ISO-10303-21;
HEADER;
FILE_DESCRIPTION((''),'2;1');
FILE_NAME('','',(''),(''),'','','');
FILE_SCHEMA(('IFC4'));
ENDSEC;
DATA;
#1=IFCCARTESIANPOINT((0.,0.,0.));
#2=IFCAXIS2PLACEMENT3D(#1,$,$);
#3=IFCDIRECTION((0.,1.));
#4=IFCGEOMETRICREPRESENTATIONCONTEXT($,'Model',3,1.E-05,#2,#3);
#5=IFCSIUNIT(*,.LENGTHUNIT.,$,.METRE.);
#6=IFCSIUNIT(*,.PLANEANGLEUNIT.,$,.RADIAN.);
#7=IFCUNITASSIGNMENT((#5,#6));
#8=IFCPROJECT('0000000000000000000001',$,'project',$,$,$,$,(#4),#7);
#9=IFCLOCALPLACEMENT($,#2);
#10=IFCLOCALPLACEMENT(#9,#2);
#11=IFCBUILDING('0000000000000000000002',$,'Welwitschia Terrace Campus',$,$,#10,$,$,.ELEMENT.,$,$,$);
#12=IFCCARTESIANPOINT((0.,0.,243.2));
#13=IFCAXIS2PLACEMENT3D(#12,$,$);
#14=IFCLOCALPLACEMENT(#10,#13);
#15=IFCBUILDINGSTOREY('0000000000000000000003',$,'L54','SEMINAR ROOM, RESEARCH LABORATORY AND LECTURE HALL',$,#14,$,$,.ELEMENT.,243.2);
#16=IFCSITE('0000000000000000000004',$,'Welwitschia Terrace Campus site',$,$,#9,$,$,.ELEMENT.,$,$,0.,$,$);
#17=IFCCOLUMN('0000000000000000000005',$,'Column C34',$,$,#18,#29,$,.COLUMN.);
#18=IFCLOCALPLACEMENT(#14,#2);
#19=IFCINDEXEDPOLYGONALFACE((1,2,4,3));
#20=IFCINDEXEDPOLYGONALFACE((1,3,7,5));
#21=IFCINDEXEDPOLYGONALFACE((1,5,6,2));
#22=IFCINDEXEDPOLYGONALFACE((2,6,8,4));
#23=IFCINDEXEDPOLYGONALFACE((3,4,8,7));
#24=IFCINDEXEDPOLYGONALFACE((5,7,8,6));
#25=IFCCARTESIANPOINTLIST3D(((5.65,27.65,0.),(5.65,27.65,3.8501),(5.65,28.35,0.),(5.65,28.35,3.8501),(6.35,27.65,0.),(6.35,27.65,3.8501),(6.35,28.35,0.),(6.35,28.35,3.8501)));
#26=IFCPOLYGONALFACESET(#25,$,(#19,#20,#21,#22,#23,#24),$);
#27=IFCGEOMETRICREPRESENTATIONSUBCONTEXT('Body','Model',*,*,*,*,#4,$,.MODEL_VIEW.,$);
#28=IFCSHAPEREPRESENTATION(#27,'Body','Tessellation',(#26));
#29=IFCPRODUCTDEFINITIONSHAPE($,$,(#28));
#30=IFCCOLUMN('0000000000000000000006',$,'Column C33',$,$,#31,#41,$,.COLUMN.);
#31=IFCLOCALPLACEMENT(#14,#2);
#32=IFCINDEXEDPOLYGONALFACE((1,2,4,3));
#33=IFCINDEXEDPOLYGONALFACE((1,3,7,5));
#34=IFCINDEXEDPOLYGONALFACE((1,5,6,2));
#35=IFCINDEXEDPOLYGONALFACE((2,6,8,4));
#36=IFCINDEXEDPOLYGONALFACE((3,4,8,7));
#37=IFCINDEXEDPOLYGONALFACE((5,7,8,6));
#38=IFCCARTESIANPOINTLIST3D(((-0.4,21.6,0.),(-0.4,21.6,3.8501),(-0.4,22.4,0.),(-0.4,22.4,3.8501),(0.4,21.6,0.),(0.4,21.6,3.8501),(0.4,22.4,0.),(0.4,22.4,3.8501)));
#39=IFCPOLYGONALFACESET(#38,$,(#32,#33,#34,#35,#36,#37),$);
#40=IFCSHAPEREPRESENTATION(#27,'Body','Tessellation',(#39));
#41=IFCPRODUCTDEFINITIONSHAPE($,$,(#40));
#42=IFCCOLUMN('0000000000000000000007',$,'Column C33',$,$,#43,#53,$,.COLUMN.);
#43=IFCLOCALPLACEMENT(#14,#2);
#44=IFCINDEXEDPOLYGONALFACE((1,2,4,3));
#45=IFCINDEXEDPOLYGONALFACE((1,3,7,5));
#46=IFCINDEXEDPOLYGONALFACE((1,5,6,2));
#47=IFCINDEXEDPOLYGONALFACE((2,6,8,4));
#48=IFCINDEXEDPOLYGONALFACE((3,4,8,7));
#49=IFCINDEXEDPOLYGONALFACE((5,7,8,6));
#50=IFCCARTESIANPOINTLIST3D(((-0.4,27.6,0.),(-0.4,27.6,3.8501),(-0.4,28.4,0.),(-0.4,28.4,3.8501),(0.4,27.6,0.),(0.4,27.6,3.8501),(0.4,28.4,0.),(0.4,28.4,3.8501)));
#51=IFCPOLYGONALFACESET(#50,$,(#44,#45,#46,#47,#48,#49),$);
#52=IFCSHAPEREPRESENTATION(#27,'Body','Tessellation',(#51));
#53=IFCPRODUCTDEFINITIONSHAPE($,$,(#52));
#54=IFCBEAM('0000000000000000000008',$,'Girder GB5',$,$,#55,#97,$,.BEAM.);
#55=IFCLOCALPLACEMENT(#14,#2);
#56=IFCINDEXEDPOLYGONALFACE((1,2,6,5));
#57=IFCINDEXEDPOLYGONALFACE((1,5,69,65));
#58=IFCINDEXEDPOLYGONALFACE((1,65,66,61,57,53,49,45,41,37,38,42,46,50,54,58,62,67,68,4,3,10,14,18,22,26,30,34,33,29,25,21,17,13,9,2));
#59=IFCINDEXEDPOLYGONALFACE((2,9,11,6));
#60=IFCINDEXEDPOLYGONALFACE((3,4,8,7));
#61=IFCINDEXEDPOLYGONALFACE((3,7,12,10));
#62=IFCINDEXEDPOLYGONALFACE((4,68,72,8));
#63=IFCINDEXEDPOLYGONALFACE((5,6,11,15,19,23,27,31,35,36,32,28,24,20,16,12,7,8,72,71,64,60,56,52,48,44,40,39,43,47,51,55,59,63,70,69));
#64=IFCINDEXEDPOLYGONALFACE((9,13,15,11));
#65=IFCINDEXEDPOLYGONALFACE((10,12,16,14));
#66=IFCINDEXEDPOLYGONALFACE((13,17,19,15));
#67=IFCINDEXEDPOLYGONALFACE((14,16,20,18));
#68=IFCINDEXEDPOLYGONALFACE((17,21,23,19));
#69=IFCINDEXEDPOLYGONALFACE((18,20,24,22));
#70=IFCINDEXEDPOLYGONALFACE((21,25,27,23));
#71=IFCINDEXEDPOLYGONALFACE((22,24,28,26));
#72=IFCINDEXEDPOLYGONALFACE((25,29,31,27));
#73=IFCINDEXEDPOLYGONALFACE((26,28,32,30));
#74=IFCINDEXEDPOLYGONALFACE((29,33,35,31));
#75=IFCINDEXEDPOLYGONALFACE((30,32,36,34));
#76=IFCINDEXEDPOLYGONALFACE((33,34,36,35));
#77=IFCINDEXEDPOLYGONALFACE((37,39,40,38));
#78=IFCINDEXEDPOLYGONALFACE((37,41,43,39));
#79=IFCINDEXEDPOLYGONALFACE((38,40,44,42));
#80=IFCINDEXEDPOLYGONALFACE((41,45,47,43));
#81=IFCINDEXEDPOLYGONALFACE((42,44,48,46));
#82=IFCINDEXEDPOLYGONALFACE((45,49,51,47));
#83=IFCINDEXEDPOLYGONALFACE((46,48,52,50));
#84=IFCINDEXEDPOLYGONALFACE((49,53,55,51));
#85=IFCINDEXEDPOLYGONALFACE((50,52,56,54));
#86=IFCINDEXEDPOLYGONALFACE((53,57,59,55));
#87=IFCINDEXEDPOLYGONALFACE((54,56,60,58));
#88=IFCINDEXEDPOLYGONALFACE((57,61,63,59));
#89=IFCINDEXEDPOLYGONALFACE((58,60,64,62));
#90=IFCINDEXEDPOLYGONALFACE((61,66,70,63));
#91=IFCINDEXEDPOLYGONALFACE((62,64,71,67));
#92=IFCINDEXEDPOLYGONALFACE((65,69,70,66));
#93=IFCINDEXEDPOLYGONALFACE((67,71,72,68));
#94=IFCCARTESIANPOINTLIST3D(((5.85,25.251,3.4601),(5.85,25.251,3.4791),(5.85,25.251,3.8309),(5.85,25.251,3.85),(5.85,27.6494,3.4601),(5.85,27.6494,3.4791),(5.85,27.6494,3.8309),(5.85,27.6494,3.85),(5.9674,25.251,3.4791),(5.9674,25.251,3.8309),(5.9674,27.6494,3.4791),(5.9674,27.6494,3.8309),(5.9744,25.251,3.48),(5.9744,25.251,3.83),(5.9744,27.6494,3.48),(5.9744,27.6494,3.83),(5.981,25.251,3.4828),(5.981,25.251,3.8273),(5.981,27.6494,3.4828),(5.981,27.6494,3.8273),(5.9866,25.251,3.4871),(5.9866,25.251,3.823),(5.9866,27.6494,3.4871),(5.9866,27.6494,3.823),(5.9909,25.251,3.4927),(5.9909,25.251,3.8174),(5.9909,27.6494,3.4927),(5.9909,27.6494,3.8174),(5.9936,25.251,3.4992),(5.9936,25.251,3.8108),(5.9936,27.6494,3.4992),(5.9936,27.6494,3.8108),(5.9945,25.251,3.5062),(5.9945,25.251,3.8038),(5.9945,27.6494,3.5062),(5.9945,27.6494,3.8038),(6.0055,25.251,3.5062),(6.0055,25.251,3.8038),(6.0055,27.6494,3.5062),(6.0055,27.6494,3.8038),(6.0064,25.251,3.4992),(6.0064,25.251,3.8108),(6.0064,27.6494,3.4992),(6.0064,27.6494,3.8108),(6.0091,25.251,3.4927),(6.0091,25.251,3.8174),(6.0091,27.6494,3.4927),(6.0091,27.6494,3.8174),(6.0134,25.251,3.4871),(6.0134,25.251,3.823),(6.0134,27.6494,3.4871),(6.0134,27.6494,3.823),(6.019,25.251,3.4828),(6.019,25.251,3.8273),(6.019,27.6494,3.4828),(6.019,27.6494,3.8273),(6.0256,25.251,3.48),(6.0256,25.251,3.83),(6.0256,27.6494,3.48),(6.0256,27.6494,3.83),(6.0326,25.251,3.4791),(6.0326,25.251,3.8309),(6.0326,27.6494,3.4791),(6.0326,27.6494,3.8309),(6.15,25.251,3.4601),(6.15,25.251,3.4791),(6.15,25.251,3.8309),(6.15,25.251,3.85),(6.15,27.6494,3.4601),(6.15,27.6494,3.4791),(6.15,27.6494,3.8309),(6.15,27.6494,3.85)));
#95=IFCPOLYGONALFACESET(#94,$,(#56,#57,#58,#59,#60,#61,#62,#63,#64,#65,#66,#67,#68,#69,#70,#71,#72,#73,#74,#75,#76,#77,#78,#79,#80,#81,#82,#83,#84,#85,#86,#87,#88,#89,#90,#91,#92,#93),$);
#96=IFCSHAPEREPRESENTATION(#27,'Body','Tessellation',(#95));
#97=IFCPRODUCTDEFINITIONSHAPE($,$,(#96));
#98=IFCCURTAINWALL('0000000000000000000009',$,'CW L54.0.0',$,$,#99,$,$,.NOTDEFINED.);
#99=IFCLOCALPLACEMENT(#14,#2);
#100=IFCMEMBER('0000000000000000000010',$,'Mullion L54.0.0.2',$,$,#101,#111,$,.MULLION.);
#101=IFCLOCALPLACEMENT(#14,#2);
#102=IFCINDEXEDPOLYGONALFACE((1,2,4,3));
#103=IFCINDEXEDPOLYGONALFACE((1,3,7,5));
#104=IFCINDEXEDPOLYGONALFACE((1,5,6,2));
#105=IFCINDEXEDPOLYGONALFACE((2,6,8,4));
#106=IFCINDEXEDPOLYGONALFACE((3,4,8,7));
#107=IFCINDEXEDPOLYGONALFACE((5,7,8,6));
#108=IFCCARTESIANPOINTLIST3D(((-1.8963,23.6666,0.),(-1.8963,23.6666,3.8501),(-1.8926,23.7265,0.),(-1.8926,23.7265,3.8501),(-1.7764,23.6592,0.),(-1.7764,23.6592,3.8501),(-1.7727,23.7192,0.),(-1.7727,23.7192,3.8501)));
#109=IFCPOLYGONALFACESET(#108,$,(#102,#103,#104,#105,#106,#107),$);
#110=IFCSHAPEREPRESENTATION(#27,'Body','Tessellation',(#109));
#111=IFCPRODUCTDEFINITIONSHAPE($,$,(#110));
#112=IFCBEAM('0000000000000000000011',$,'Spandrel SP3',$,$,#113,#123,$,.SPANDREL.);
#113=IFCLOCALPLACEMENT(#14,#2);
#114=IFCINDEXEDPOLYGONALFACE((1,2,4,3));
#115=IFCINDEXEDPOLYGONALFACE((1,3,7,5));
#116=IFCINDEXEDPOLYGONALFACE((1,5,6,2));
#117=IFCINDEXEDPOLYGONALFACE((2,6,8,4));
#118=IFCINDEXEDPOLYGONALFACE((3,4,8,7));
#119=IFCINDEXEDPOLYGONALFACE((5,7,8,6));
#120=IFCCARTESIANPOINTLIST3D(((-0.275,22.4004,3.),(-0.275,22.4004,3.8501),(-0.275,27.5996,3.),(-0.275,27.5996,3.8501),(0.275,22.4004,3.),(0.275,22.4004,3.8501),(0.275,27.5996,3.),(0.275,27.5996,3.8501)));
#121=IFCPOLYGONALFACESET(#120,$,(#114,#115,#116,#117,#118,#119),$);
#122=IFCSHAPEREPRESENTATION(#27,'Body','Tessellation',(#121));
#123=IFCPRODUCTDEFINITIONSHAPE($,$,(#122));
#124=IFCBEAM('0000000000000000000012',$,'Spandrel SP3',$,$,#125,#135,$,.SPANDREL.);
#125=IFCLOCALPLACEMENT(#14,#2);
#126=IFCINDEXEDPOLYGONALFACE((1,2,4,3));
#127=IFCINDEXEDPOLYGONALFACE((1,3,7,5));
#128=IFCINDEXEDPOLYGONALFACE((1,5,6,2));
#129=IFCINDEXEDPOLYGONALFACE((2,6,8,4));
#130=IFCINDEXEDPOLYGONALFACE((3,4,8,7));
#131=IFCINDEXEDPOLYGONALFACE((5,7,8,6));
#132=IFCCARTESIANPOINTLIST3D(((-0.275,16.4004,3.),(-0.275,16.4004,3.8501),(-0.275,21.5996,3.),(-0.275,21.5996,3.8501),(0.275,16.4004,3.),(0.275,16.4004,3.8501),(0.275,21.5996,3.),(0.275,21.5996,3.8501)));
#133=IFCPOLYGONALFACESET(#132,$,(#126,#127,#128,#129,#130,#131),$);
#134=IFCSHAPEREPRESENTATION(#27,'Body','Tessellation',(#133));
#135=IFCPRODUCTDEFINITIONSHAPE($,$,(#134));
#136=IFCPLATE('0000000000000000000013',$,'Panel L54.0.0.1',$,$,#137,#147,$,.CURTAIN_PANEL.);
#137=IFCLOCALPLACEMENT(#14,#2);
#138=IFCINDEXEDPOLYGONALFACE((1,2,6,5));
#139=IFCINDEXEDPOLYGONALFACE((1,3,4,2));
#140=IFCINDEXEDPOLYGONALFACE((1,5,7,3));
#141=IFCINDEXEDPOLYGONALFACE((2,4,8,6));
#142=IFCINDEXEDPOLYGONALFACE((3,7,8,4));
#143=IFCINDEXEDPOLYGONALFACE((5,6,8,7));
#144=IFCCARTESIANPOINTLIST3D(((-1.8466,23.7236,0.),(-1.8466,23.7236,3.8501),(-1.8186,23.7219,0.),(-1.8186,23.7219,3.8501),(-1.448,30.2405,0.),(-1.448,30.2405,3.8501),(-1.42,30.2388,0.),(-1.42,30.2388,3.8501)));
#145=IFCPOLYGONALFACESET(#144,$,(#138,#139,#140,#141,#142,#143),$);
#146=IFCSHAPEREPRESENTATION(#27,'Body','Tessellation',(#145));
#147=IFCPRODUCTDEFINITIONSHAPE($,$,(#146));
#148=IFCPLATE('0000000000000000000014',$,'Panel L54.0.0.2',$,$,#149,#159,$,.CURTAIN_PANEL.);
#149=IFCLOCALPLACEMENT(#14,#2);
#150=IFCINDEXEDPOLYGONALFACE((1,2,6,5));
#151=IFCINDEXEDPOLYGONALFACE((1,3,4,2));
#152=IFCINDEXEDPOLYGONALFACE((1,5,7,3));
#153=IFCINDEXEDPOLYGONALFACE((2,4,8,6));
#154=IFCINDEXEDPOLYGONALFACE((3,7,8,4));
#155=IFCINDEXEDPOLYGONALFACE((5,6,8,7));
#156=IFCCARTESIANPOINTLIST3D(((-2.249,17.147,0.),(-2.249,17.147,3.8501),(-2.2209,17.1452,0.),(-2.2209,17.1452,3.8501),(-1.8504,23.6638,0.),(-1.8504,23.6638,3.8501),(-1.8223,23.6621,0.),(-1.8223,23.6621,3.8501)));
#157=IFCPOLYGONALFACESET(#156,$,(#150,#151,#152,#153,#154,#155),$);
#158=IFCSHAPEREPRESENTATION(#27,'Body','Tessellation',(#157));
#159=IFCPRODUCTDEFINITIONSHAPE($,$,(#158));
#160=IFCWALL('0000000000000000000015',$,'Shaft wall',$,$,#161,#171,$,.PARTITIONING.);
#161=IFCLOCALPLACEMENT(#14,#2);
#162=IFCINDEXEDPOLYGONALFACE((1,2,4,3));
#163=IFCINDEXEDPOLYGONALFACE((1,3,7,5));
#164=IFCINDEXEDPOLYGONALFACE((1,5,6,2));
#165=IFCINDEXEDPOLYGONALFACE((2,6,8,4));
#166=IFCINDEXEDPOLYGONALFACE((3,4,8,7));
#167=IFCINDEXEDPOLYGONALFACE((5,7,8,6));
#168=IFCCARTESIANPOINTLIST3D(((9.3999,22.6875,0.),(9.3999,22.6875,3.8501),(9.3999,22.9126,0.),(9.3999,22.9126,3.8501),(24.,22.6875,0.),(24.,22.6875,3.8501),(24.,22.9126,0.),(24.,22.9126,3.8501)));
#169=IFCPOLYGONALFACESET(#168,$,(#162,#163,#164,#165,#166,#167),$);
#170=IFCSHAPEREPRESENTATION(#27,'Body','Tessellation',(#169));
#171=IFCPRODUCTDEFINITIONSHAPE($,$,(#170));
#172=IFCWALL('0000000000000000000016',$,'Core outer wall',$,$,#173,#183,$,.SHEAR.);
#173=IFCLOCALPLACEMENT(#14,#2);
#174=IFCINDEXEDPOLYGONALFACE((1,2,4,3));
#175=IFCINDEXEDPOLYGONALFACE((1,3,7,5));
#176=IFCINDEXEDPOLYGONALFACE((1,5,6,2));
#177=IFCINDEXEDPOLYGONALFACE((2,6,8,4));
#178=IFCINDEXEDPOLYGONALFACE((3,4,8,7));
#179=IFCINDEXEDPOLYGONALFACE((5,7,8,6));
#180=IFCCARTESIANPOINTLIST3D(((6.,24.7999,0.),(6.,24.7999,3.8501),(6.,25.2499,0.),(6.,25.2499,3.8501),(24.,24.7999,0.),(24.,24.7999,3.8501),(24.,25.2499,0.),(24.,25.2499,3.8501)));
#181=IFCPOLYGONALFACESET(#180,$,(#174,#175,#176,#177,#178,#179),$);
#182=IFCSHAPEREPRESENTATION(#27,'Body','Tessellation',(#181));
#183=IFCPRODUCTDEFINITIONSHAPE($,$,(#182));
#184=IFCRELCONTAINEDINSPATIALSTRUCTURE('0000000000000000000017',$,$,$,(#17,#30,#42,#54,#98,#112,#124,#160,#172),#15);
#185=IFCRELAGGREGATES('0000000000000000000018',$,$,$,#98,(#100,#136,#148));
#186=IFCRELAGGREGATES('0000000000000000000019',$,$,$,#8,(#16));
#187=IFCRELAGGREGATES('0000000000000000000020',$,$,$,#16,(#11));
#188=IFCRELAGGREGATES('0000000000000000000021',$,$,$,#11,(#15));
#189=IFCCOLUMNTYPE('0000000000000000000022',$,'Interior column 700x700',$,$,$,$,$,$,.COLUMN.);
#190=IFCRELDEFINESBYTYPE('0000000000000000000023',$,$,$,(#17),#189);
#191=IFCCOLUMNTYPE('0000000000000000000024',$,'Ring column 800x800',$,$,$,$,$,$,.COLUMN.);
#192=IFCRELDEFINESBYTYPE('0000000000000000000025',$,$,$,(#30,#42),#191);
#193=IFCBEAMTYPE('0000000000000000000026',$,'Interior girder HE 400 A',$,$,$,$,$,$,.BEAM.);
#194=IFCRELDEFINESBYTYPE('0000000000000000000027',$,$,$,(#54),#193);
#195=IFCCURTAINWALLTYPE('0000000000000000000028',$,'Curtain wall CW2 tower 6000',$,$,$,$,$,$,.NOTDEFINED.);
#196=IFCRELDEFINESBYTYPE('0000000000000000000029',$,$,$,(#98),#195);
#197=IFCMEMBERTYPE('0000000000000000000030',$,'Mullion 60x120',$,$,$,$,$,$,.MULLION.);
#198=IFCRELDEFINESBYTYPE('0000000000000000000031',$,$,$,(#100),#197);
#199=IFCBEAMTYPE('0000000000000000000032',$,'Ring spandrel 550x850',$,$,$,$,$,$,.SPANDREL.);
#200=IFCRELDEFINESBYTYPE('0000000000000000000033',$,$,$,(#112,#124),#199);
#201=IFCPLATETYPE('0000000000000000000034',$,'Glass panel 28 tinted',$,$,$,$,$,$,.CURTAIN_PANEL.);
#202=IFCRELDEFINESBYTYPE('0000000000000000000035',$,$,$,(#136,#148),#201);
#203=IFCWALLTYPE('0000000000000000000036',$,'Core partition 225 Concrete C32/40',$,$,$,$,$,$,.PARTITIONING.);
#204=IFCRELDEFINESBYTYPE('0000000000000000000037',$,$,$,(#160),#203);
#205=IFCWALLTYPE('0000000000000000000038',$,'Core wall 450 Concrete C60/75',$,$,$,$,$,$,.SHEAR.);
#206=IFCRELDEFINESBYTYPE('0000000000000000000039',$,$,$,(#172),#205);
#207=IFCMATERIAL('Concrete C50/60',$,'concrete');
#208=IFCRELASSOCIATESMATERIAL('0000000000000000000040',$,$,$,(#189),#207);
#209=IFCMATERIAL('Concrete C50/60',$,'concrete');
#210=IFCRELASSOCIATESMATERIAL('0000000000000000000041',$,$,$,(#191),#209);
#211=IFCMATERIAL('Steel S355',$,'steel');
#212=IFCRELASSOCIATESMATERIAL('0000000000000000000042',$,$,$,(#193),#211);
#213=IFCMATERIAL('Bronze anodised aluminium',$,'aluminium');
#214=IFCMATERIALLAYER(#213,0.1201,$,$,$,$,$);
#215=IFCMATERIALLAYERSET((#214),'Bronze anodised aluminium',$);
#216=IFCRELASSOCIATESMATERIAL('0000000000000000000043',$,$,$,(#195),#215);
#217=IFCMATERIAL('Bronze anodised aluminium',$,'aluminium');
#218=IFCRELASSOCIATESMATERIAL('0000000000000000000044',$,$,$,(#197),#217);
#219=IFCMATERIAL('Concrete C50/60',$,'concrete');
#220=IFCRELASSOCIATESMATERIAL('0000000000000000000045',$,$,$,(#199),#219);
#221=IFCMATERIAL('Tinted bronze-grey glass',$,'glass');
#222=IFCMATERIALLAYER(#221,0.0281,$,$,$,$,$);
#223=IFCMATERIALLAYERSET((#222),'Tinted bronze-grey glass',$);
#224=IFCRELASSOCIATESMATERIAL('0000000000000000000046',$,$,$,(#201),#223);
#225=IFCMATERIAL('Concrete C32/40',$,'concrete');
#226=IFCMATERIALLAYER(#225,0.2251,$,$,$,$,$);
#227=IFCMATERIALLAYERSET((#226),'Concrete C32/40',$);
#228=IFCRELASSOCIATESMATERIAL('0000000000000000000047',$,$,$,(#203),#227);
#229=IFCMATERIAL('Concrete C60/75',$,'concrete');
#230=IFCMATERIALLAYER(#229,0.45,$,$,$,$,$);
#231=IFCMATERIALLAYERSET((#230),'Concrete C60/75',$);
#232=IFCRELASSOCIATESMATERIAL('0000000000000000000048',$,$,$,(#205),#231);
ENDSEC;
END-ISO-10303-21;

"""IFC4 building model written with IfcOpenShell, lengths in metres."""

from ifc_helpers import new_model, si_unit, direction, frame, frame_2d, origin, origin_2d, place, context, subcontext, project, spatial, rectangle, i_section, extrude, material, layer, layer_set, material_profile, profile_set, type_object, element, aggregate, save


model = new_model("IFC4")

# Units and contexts
model_context = context("Model", 3, precision=1e-05, world=origin(), true_north=direction((0.0, 1.0)))
body_context = subcontext(model_context, "Body", "Model", "MODEL_VIEW")
ifc_project = project(units=[si_unit("LENGTHUNIT", "METRE"), si_unit("PLANEANGLEUNIT", "RADIAN")], contexts=[model_context])

# Site, building, storey
site_placement = place(None, origin())
site = spatial("IfcSite", under=ifc_project, at=site_placement, Name="Welwitschia Terrace Campus site", CompositionType="ELEMENT", RefElevation=0.0)
building_placement = place(site_placement, origin())
building = spatial("IfcBuilding", under=site, at=building_placement, Name="Welwitschia Terrace Campus", CompositionType="ELEMENT")
storey_placement = place(building_placement, frame((0.0, 0.0, 243.2)))
storey = spatial("IfcBuildingStorey", under=building, at=storey_placement, Name="L54", Description="SEMINAR ROOM, RESEARCH LABORATORY AND LECTURE HALL", CompositionType="ELEMENT", Elevation=243.2)

# Columns
ifc_material_1 = material(Name="Concrete C50/60", Category="concrete")
ifc_material_profile_1 = material_profile(ifc_material_1, rectangle(XDim=0.7, YDim=0.7, at=origin_2d()))
ifc_profile_set_1 = profile_set([ifc_material_profile_1], Name="Concrete C50/60")
column_type_1 = type_object("IfcColumnType", Name="Interior column 700x700", PredefinedType="COLUMN", material=ifc_profile_set_1)
column_placement = place(storey_placement, frame((6.0, 28.0, 0.0), z_axis=(0.0, 0.0, 1.0), x_axis=(1.0, 0.0, 0.0)))
element("IfcColumn", 1, at=column_placement, inside=storey, type_object=column_type_1, Name="Column C34", PredefinedType="COLUMN", context=body_context, shape_type="SweptSolid", body=[
    extrude(rectangle(XDim=0.7, YDim=0.7, at=origin_2d()), origin(), (0.0, 0.0, 1.0), 3.8501),
])
ifc_material_2 = material(Name="Concrete C50/60", Category="concrete")
ifc_material_profile_2 = material_profile(ifc_material_2, rectangle(XDim=0.8, YDim=0.8, at=origin_2d()))
ifc_profile_set_2 = profile_set([ifc_material_profile_2], Name="Concrete C50/60")
column_type_2 = type_object("IfcColumnType", Name="Ring column 800x800", PredefinedType="COLUMN", material=ifc_profile_set_2)
for number, where, z_axis, x_axis, name in (
    (2, (0.0, 22.0, 0.0), (0.0, 0.0, 1.0), (1.0, 0.0, 0.0), "Column C33"),
    (3, (0.0, 28.0, 0.0), (0.0, 0.0, 1.0), (1.0, 0.0, 0.0), "Column C33"),
):
    element("IfcColumn", number, at=place(storey_placement, frame(where, z_axis=z_axis, x_axis=x_axis)), inside=storey, type_object=column_type_2, Name=name, PredefinedType="COLUMN", context=body_context, shape_type="SweptSolid", body=[
        extrude(rectangle(XDim=0.8, YDim=0.8, at=origin_2d()), origin(), (0.0, 0.0, 1.0), 3.8501),
    ])

# Beam
ifc_material_3 = material(Name="Steel S355", Category="steel")
ifc_material_profile_3 = material_profile(ifc_material_3, i_section(OverallWidth=0.3, OverallDepth=0.3899, WebThickness=0.011, FlangeThickness=0.019, FilletRadius=0.0271, at=origin_2d()))
ifc_profile_set_3 = profile_set([ifc_material_profile_3], Name="Steel S355")
beam_type_1 = type_object("IfcBeamType", Name="Interior girder HE 400 A", PredefinedType="BEAM", material=ifc_profile_set_3)
beam_placement = place(storey_placement, frame((6.0, 25.251, 3.655), z_axis=(0.0, 1.0, 0.0), x_axis=(-1.0, 0.0, 0.0)))
element("IfcBeam", 4, at=beam_placement, inside=storey, type_object=beam_type_1, Name="Girder GB5", PredefinedType="BEAM", context=body_context, shape_type="SweptSolid", body=[
    extrude(i_section(OverallWidth=0.3, OverallDepth=0.3899, WebThickness=0.011, FlangeThickness=0.019, FilletRadius=0.0271, at=origin_2d()), origin(), (0.0, 0.0, 1.0), 2.3984),
])

# Curtain wall, member
ifc_material_4 = material(Name="Bronze anodised aluminium", Category="aluminium")
ifc_layer_1 = layer(ifc_material_4, 0.1201)
ifc_layer_set_1 = layer_set([ifc_layer_1], Name="Bronze anodised aluminium")
curtain_wall_type = type_object("IfcCurtainWallType", Name="Curtain wall CW2 tower 6000", PredefinedType="NOTDEFINED", material=ifc_layer_set_1)
curtain_wall_placement = place(storey_placement, origin())
curtain_wall = element("IfcCurtainWall", 5, at=curtain_wall_placement, inside=storey, type_object=curtain_wall_type, Name="CW L54.0.0", PredefinedType="NOTDEFINED")
ifc_material_5 = material(Name="Bronze anodised aluminium", Category="aluminium")
ifc_material_profile_4 = material_profile(ifc_material_5, rectangle(XDim=0.1201, YDim=0.0601, at=origin_2d()))
ifc_profile_set_4 = profile_set([ifc_material_profile_4], Name="Bronze anodised aluminium")
member_type = type_object("IfcMemberType", Name="Mullion 60x120", PredefinedType="MULLION", material=ifc_profile_set_4)
member_placement = place(storey_placement, frame((-1.8345, 23.6929, 0.0), z_axis=(0.0, 0.0, 1.0), x_axis=(0.998135, -0.061049, 0.0)))
member = element("IfcMember", 6, at=member_placement, type_object=member_type, Name="Mullion L54.0.0.2", PredefinedType="MULLION", context=body_context, shape_type="SweptSolid", body=[
    extrude(rectangle(XDim=0.1201, YDim=0.0601, at=origin_2d()), origin(), (0.0, 0.0, 1.0), 3.8501),
])

# Beams
ifc_material_6 = material(Name="Concrete C50/60", Category="concrete")
ifc_material_profile_5 = material_profile(ifc_material_6, rectangle(XDim=0.55, YDim=0.8501, at=origin_2d()))
ifc_profile_set_5 = profile_set([ifc_material_profile_5], Name="Concrete C50/60")
beam_type_2 = type_object("IfcBeamType", Name="Ring spandrel 550x850", PredefinedType="SPANDREL", material=ifc_profile_set_5)
for number, where, z_axis, x_axis, name in (
    (7, (0.0, 27.5996, 3.425), (0.0, -1.0, 0.0), (1.0, 0.0, 0.0), "Spandrel SP3"),
    (8, (0.0, 21.5996, 3.425), (0.0, -1.0, 0.0), (1.0, 0.0, 0.0), "Spandrel SP3"),
):
    element("IfcBeam", number, at=place(storey_placement, frame(where, z_axis=z_axis, x_axis=x_axis)), inside=storey, type_object=beam_type_2, Name=name, PredefinedType="SPANDREL", context=body_context, shape_type="SweptSolid", body=[
        extrude(rectangle(XDim=0.55, YDim=0.8501, at=origin_2d()), origin(), (0.0, 0.0, 1.0), 5.1992),
    ])

# Plates
ifc_material_7 = material(Name="Tinted bronze-grey glass", Category="glass")
ifc_layer_2 = layer(ifc_material_7, 0.0281)
ifc_layer_set_2 = layer_set([ifc_layer_2], Name="Tinted bronze-grey glass")
plate_type = type_object("IfcPlateType", Name="Glass panel 28 tinted", PredefinedType="CURTAIN_PANEL", material=ifc_layer_set_2)
plate_1_placement = place(storey_placement, frame((-1.6333, 26.9812, 0.0), z_axis=(0.0, 0.0, 1.0), x_axis=(-0.061049, -0.998135, 0.0)))
plate_1 = element("IfcPlate", 9, at=plate_1_placement, type_object=plate_type, Name="Panel L54.0.0.1", PredefinedType="CURTAIN_PANEL", context=body_context, shape_type="SweptSolid", body=[
    extrude(rectangle(XDim=6.5291, YDim=0.0281, at=origin_2d()), origin(), (0.0, 0.0, 1.0), 3.8501),
])
plate_2_placement = place(storey_placement, frame((-2.0356, 20.4045, 0.0), z_axis=(0.0, 0.0, 1.0), x_axis=(-0.061049, -0.998135, 0.0)))
plate_2 = element("IfcPlate", 10, at=plate_2_placement, type_object=plate_type, Name="Panel L54.0.0.2", PredefinedType="CURTAIN_PANEL", context=body_context, shape_type="SweptSolid", body=[
    extrude(rectangle(XDim=6.5291, YDim=0.0281, at=origin_2d()), origin(), (0.0, 0.0, 1.0), 3.8501),
])
aggregate(curtain_wall, [member, plate_1, plate_2])

# Walls
ifc_material_8 = material(Name="Concrete C32/40", Category="concrete")
ifc_layer_3 = layer(ifc_material_8, 0.2251)
ifc_layer_set_3 = layer_set([ifc_layer_3], Name="Concrete C32/40")
wall_type_1 = type_object("IfcWallType", Name="Core partition 225 Concrete C32/40", PredefinedType="PARTITIONING", material=ifc_layer_set_3)
wall_1_placement = place(storey_placement, frame((9.3999, 22.8, 0.0), z_axis=(0.0, 0.0, 1.0), x_axis=(1.0, 0.0, 0.0)))
element("IfcWall", 11, at=wall_1_placement, inside=storey, type_object=wall_type_1, Name="Shaft wall", PredefinedType="PARTITIONING", context=body_context, shape_type="SweptSolid", body=[
    extrude(rectangle(XDim=14.6001, YDim=0.2251, at=frame_2d((7.3, 0.0))), origin(), (0.0, 0.0, 1.0), 3.8501),
])
ifc_material_9 = material(Name="Concrete C60/75", Category="concrete")
ifc_layer_4 = layer(ifc_material_9, 0.45)
ifc_layer_set_4 = layer_set([ifc_layer_4], Name="Concrete C60/75")
wall_type_2 = type_object("IfcWallType", Name="Core wall 450 Concrete C60/75", PredefinedType="SHEAR", material=ifc_layer_set_4)
wall_2_placement = place(storey_placement, frame((6.0, 25.0249, 0.0), z_axis=(0.0, 0.0, 1.0), x_axis=(1.0, 0.0, 0.0)))
element("IfcWall", 12, at=wall_2_placement, inside=storey, type_object=wall_type_2, Name="Core outer wall", PredefinedType="SHEAR", context=body_context, shape_type="SweptSolid", body=[
    extrude(rectangle(XDim=18.0, YDim=0.45, at=frame_2d((9.0, 0.0))), origin(), (0.0, 0.0, 1.0), 3.8501),
])

save(model, "model.ifc")
